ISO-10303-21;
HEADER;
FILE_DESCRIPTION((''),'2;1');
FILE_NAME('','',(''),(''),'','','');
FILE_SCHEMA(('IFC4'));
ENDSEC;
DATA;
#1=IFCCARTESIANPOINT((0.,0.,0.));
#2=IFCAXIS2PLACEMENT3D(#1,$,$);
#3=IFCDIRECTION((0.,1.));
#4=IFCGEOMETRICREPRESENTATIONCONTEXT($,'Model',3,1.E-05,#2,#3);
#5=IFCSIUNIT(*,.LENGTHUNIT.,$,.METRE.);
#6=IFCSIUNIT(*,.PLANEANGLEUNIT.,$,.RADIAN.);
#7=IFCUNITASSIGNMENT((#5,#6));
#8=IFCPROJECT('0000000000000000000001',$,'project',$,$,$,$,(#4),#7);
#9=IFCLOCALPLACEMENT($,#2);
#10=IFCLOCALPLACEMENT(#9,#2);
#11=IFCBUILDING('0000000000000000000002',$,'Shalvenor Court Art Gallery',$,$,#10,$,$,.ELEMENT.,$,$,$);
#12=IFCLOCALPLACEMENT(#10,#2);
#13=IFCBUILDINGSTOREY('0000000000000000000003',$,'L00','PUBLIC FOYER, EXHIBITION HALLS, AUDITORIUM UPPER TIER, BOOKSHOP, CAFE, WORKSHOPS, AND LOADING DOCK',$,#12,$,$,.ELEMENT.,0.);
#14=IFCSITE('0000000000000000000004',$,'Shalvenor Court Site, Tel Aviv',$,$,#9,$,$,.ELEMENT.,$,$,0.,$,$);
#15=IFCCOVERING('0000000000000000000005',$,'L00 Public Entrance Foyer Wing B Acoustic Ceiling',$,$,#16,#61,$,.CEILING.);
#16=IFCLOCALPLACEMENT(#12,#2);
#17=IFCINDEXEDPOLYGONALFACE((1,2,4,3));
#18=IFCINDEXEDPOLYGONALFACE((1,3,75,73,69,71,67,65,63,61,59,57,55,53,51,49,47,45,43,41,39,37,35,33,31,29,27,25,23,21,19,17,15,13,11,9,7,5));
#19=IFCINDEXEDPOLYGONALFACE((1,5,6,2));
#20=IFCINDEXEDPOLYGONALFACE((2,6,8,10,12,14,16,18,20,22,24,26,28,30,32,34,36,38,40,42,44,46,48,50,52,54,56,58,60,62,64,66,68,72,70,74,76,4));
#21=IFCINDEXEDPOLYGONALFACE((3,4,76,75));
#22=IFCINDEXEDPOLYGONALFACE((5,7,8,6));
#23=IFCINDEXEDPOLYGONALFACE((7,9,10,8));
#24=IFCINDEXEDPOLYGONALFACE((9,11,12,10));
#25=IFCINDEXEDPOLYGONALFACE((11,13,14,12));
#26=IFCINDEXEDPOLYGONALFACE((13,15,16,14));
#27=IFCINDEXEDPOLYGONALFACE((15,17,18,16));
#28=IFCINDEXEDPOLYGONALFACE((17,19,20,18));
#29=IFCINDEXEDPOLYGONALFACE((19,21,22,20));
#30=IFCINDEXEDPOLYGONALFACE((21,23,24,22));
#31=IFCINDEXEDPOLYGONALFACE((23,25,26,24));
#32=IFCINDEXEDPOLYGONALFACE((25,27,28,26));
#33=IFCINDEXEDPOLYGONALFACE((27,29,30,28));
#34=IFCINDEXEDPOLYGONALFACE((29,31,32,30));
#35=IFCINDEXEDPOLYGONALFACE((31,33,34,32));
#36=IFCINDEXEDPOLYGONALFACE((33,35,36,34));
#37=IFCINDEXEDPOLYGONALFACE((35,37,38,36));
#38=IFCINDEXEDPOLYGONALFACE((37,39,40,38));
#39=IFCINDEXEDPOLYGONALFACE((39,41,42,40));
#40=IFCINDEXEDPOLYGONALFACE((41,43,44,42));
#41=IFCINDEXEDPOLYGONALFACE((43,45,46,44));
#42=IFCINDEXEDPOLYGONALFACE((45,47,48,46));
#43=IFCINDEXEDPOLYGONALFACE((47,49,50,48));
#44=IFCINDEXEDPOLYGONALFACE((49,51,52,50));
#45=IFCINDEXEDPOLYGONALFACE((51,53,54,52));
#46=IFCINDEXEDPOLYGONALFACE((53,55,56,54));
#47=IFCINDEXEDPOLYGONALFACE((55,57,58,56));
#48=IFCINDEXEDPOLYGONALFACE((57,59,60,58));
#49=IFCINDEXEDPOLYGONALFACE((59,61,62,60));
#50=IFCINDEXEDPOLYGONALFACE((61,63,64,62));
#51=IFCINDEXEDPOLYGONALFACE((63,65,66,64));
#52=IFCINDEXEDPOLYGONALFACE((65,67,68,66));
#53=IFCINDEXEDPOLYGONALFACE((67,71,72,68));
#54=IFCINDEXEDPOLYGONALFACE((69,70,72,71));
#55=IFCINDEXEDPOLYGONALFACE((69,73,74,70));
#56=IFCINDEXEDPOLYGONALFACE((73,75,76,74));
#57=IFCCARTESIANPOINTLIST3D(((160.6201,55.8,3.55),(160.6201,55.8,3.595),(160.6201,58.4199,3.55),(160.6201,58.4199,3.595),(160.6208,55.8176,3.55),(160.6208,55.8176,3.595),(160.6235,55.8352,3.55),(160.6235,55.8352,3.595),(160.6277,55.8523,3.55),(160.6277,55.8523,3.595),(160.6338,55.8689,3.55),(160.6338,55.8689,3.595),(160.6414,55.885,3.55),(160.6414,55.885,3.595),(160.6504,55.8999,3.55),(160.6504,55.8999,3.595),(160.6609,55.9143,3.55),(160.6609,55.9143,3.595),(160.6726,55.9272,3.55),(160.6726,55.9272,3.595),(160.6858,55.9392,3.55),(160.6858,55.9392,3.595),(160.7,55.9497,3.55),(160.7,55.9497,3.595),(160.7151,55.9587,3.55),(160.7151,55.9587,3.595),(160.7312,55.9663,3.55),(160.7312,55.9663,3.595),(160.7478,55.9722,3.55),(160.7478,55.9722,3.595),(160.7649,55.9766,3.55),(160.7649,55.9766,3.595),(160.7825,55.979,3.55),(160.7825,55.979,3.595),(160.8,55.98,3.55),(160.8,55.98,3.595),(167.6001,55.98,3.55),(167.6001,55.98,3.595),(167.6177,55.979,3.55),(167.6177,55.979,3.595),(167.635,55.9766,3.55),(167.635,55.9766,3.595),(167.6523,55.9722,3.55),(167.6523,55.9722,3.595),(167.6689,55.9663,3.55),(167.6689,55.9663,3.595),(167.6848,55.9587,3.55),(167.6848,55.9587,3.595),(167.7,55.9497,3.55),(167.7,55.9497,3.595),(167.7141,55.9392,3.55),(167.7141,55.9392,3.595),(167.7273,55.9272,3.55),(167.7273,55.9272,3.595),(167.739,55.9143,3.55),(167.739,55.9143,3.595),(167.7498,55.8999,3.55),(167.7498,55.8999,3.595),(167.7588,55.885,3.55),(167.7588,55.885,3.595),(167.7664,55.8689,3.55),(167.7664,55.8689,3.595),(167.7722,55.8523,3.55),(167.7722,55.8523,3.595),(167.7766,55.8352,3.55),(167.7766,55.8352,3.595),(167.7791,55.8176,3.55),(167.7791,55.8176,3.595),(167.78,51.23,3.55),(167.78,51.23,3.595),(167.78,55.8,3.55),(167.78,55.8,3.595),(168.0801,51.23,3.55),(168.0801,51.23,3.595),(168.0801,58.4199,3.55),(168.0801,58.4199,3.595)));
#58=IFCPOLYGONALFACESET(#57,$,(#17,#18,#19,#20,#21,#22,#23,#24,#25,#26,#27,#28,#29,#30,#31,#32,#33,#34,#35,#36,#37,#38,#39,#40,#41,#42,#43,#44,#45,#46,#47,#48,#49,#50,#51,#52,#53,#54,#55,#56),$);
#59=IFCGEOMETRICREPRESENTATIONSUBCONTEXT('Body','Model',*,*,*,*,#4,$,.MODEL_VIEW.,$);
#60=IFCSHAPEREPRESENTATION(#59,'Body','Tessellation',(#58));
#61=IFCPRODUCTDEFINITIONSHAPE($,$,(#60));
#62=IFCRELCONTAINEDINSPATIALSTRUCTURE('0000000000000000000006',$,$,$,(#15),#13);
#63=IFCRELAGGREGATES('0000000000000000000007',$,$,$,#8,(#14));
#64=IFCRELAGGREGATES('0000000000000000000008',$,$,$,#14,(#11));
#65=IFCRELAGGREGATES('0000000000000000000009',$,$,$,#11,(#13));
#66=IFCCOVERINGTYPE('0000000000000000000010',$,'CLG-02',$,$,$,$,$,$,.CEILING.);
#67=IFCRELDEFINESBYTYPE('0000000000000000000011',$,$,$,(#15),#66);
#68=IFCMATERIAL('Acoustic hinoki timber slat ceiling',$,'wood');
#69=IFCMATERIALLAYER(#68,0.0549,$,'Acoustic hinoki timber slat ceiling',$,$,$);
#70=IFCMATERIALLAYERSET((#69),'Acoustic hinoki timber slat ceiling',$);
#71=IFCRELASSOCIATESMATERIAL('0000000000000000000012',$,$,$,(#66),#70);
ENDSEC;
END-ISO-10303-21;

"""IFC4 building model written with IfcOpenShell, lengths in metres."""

from ifc_helpers import new_model, si_unit, direction, frame, origin, place, context, subcontext, project, spatial, polyline, outline, extrude, material, layer, layer_set, type_object, element, save


model = new_model("IFC4")

# Units and contexts
model_context = context("Model", 3, precision=1e-05, world=origin(), true_north=direction((0.0, 1.0)))
body_context = subcontext(model_context, "Body", "Model", "MODEL_VIEW")
ifc_project = project(units=[si_unit("LENGTHUNIT", "METRE"), si_unit("PLANEANGLEUNIT", "RADIAN")], contexts=[model_context])

# Site, building, storey
site_placement = place(None, origin())
site = spatial("IfcSite", under=ifc_project, at=site_placement, Name="Shalvenor Court Site, Tel Aviv", CompositionType="ELEMENT", RefElevation=0.0)
building_placement = place(site_placement, origin())
building = spatial("IfcBuilding", under=site, at=building_placement, Name="Shalvenor Court Art Gallery", CompositionType="ELEMENT")
storey_placement = place(building_placement, origin())
storey = spatial("IfcBuildingStorey", under=building, at=storey_placement, Name="L00", Description="PUBLIC FOYER, EXHIBITION HALLS, AUDITORIUM UPPER TIER, BOOKSHOP, CAFE, WORKSHOPS, AND LOADING DOCK", CompositionType="ELEMENT", Elevation=0.0)

# Covering
ifc_material_1 = material(Name="Acoustic hinoki timber slat ceiling", Category="wood")
ifc_layer_1 = layer(ifc_material_1, 0.0549, Name="Acoustic hinoki timber slat ceiling")
ifc_layer_set_1 = layer_set([ifc_layer_1], Name="Acoustic hinoki timber slat ceiling")
covering_type_1 = type_object("IfcCoveringType", Name="CLG-02", PredefinedType="CEILING", material=ifc_layer_set_1)
covering_1_placement = place(storey_placement, frame((0.0, 0.0, 3.55)))
element("IfcCovering", 1, at=covering_1_placement, inside=storey, type_object=covering_type_1, Name="L00 Public Entrance Foyer Wing B Acoustic Ceiling", PredefinedType="CEILING", context=body_context, shape_type="SweptSolid", body=[
    extrude(outline(polyline([(167.78, 51.23), (167.78, 55.8), (167.7791, 55.8176), (167.7766, 55.8352), (167.7722, 55.8523), (167.7664, 55.8689), (167.7588, 55.885), (167.7498, 55.8999), (167.739, 55.9143), (167.7273, 55.9272), (167.7141, 55.9392), (167.7, 55.9497), (167.6848, 55.9587), (167.6689, 55.9663), (167.6523, 55.9722), (167.635, 55.9766), (167.6177, 55.979), (167.6001, 55.98), (160.8, 55.98), (160.7825, 55.979), (160.7649, 55.9766), (160.7478, 55.9722), (160.7312, 55.9663), (160.7151, 55.9587), (160.7, 55.9497), (160.6858, 55.9392), (160.6726, 55.9272), (160.6609, 55.9143), (160.6504, 55.8999), (160.6414, 55.885), (160.6338, 55.8689), (160.6277, 55.8523), (160.6235, 55.8352), (160.6208, 55.8176), (160.6201, 55.8), (160.6201, 58.4199), (168.0801, 58.4199), (168.0801, 51.23), (167.78, 51.23)])), origin(), (0.0, 0.0, 1.0), 0.0449),
])

save(model, "model.ifc")
